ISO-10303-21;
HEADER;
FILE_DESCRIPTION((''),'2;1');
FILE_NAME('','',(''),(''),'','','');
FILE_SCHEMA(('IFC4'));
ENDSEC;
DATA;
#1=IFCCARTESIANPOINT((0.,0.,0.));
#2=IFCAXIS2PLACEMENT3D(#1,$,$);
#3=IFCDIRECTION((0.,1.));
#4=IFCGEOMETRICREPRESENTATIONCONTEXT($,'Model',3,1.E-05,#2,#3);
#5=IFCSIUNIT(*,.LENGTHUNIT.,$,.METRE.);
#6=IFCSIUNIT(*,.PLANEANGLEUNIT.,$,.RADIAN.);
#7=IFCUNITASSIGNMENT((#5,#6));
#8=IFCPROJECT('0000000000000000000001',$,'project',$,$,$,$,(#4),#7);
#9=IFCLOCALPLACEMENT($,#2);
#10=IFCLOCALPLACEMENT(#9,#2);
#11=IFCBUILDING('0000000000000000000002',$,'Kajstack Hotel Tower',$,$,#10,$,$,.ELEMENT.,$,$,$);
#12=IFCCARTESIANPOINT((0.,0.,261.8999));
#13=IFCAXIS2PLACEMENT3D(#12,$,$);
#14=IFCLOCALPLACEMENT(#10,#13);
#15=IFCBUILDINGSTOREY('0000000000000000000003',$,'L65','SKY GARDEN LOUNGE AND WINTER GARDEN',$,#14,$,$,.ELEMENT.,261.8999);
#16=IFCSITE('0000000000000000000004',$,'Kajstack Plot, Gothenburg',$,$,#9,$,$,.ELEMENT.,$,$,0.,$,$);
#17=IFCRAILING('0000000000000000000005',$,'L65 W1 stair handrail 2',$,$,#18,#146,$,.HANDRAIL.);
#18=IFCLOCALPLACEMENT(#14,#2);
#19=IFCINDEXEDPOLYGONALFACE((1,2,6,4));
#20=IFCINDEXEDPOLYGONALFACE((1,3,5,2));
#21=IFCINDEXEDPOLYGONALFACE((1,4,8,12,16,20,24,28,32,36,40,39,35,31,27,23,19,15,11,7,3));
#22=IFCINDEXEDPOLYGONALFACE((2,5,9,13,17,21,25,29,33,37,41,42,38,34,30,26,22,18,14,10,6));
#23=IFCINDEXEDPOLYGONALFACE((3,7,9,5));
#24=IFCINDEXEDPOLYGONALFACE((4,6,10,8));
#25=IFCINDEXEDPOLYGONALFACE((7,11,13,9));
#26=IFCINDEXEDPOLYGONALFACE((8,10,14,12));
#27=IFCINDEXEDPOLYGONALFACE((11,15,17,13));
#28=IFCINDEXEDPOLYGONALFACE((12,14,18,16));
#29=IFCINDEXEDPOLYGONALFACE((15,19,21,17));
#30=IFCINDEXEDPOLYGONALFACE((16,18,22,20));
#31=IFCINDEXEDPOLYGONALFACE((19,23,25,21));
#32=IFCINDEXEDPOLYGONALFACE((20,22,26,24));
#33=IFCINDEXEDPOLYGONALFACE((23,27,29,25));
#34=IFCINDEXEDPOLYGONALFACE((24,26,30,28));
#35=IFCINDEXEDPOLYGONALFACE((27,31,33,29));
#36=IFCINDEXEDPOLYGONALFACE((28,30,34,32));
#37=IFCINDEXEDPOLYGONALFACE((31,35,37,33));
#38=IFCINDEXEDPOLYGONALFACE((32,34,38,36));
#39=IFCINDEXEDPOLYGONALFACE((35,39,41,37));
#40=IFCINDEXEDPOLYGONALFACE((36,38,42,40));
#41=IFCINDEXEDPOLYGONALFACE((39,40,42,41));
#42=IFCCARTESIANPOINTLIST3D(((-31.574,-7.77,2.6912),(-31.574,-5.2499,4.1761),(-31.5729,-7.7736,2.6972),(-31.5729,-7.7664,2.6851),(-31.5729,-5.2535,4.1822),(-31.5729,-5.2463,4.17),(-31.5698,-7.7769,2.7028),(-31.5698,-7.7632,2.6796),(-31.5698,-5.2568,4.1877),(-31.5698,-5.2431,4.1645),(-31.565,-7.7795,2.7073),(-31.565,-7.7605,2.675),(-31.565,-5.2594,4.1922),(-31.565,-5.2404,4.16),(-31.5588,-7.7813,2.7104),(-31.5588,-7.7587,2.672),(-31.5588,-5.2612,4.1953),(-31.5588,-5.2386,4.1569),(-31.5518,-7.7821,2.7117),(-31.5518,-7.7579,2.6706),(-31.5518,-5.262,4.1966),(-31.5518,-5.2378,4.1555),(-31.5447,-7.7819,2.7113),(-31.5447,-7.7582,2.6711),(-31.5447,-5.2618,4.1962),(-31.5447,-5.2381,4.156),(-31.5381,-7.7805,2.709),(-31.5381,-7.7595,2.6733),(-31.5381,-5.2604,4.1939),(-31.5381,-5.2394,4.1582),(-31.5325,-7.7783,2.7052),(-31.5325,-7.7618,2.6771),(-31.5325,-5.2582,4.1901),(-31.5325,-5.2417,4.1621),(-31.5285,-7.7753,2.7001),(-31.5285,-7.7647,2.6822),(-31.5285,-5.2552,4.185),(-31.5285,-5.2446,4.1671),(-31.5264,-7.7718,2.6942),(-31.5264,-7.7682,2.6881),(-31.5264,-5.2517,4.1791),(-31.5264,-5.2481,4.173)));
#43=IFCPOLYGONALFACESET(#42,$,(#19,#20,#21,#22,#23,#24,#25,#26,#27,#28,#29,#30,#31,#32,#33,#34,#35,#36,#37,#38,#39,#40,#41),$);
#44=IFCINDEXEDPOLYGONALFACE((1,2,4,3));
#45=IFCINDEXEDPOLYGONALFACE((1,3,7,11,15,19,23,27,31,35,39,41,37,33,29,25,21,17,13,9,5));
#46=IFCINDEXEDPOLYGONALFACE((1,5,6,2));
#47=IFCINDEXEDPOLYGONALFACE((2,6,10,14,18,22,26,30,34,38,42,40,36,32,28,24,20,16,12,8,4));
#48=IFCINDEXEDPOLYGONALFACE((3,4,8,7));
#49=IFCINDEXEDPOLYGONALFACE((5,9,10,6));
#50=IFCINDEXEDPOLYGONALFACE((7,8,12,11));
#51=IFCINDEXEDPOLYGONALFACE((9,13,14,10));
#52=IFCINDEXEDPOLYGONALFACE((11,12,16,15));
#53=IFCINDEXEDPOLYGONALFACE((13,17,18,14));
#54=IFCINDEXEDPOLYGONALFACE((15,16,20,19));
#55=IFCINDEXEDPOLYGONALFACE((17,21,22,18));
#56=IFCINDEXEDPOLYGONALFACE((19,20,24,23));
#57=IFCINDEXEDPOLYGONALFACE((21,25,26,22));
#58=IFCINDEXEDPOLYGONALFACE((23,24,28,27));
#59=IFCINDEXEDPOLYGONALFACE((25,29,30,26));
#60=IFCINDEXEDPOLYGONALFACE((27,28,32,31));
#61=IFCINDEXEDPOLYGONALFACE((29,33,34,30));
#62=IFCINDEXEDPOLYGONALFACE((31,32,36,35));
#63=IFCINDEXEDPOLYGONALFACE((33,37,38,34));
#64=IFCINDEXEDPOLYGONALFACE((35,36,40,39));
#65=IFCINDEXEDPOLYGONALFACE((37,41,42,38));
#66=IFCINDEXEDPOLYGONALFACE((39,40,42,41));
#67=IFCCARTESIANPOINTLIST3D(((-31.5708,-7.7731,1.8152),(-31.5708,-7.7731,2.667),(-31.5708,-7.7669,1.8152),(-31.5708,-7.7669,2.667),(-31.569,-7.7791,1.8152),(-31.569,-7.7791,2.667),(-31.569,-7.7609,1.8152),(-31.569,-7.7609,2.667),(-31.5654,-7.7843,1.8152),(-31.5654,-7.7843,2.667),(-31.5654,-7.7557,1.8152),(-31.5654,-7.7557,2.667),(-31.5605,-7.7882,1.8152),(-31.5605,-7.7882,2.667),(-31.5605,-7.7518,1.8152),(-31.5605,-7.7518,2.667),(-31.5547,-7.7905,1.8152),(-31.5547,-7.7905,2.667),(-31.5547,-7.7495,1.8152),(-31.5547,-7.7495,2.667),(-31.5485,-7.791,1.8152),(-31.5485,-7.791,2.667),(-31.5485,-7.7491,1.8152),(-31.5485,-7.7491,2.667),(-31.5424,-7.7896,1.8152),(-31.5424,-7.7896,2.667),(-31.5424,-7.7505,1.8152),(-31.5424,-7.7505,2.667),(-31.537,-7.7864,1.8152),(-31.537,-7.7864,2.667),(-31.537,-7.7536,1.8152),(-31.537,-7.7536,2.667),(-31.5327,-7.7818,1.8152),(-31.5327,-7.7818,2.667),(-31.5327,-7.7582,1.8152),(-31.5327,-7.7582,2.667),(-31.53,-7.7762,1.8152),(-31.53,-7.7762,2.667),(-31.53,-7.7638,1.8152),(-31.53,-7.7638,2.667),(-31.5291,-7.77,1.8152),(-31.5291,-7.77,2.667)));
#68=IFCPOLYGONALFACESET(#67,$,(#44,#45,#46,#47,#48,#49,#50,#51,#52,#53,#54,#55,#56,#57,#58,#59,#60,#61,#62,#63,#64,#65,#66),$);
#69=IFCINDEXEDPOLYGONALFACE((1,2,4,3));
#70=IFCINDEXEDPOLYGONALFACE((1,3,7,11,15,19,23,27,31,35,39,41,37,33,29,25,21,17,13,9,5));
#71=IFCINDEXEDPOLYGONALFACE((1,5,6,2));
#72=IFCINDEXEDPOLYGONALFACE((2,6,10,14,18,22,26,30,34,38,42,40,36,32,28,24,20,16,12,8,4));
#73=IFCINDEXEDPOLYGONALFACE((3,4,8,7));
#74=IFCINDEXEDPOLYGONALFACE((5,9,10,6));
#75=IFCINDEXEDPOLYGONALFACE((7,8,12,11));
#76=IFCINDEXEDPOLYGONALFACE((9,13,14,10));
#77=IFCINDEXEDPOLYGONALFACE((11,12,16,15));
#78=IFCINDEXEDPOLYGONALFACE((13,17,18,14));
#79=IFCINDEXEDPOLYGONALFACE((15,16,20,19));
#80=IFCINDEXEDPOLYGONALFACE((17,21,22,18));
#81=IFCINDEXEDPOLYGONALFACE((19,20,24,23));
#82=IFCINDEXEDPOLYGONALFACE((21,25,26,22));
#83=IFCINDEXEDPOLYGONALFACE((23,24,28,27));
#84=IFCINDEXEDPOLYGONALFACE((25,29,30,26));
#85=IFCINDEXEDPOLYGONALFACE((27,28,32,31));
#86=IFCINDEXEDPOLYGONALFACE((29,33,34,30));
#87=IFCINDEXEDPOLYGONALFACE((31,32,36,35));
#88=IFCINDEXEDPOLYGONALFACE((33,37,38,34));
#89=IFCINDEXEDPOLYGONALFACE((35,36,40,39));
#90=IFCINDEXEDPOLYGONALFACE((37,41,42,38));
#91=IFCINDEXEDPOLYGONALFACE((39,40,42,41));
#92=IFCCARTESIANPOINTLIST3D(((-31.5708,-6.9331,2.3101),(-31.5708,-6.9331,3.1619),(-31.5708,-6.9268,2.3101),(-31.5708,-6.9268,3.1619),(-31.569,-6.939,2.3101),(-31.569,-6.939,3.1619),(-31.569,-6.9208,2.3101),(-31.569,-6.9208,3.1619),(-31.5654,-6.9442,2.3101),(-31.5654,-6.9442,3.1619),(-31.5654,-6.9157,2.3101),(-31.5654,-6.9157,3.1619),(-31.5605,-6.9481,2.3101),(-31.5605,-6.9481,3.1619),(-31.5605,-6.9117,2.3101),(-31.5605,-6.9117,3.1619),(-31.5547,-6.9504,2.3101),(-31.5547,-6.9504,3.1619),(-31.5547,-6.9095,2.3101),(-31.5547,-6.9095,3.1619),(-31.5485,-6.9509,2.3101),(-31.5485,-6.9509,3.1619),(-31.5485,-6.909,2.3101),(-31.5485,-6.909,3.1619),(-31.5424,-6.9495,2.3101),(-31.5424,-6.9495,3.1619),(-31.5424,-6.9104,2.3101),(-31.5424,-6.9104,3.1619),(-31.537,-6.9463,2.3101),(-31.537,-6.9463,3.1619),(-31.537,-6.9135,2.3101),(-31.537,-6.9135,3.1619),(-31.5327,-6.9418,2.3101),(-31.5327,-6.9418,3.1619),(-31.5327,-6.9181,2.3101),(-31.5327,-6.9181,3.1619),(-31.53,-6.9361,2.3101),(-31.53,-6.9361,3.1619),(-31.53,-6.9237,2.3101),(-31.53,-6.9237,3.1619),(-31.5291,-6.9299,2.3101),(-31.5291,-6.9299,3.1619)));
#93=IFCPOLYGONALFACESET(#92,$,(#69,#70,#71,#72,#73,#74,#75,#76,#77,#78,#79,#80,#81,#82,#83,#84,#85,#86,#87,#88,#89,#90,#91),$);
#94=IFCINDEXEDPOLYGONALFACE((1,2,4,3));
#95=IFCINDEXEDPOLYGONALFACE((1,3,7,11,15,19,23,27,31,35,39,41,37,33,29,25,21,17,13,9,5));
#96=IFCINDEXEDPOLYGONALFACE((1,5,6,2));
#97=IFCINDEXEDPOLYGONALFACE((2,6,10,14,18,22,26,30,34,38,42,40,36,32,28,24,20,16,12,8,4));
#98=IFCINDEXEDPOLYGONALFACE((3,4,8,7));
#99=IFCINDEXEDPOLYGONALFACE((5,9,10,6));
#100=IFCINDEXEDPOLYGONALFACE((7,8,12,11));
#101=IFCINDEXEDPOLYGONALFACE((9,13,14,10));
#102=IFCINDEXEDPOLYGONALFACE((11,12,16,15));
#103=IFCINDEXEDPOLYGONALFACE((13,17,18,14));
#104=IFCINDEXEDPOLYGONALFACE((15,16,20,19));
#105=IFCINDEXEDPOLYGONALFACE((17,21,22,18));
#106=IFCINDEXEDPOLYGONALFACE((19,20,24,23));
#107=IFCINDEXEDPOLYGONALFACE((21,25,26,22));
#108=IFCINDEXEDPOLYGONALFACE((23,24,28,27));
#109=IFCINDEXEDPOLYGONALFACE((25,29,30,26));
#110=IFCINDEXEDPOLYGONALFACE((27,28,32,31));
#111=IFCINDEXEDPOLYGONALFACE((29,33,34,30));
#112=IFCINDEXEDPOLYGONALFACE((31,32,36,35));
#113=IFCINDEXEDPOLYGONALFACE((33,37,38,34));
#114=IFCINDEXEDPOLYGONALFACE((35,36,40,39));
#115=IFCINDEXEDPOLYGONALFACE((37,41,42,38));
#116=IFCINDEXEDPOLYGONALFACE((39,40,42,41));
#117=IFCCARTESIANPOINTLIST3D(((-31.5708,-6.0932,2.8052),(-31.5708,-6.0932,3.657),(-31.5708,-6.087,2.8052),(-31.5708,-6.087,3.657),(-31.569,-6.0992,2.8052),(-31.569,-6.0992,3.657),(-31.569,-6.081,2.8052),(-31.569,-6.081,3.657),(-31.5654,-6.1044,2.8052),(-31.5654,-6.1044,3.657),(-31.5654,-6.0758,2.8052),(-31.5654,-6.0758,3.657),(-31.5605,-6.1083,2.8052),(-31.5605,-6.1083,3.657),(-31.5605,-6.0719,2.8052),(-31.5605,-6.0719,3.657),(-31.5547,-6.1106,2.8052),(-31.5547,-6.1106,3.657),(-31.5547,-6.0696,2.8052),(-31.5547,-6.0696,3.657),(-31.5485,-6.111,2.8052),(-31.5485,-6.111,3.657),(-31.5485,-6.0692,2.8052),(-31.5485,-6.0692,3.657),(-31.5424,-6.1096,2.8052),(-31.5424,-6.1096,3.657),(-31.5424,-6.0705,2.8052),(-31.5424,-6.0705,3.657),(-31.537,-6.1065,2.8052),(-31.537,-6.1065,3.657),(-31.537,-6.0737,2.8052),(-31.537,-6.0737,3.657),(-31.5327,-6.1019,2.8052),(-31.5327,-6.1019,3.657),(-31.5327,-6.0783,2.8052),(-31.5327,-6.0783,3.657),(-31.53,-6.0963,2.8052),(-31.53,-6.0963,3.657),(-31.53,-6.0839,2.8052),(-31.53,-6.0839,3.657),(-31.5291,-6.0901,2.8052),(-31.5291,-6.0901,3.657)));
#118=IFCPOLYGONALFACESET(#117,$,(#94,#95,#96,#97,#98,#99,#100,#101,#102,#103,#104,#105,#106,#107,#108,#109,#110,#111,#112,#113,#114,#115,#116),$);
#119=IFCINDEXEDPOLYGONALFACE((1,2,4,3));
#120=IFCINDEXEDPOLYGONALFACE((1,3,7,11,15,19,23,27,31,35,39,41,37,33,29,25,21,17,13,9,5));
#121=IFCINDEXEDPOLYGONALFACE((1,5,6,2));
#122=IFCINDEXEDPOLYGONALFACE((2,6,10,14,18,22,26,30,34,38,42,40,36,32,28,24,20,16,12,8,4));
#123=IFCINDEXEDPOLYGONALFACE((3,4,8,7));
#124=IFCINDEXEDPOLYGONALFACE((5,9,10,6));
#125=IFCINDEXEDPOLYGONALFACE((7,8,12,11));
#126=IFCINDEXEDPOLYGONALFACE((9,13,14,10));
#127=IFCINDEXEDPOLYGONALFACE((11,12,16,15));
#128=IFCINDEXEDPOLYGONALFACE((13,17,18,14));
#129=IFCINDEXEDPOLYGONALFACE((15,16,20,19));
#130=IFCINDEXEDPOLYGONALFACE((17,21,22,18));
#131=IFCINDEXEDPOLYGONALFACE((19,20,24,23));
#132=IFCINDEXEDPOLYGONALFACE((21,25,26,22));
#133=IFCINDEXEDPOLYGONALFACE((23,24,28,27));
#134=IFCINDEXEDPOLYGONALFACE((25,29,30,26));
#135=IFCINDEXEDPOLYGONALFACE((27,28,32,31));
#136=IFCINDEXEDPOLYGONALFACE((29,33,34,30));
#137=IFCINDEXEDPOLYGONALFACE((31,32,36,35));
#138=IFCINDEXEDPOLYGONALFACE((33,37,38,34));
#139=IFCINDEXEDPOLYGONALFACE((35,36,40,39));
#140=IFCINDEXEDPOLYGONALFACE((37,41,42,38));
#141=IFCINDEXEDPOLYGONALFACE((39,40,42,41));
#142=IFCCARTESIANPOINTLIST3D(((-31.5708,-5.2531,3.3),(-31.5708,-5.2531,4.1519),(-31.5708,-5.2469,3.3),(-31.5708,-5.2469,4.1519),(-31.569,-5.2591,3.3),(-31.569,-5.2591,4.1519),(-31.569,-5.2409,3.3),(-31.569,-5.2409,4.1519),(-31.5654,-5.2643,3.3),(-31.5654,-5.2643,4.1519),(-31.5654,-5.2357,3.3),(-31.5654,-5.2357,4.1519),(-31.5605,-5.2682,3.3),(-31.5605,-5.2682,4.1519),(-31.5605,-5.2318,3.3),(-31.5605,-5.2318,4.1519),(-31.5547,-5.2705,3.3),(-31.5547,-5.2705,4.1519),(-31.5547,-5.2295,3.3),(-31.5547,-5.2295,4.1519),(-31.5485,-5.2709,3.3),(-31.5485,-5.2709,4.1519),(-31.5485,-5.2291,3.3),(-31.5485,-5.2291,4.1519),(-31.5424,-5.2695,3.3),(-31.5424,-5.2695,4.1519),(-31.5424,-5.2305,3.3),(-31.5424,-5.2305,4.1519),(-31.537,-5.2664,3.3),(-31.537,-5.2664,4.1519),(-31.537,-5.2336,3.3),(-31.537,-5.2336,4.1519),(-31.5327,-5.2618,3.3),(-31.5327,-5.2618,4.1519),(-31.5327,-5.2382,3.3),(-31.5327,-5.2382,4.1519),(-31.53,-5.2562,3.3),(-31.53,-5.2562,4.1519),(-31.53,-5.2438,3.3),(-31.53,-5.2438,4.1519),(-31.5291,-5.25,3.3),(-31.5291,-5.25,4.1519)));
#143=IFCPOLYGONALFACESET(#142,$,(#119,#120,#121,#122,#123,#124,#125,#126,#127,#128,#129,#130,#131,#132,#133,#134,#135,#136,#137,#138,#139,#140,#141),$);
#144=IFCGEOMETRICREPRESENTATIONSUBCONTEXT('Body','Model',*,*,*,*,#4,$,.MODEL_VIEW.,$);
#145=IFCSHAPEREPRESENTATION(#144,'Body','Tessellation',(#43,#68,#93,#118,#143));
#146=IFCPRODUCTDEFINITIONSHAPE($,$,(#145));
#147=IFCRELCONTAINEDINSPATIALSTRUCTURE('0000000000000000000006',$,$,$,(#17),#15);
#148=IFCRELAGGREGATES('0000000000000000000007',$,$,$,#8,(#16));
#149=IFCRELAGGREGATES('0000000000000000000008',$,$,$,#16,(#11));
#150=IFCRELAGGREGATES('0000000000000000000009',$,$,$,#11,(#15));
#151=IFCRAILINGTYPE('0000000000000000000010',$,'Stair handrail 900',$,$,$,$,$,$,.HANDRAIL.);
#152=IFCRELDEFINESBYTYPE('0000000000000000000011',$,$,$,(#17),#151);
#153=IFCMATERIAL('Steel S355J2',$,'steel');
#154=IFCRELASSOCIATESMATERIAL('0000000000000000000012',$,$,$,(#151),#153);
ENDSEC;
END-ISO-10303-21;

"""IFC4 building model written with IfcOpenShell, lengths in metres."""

from ifc_helpers import new_model, si_unit, direction, frame, origin, origin_2d, place, context, subcontext, project, spatial, circle, extrude, material, type_object, element, save


model = new_model("IFC4")

# Units and contexts
model_context = context("Model", 3, precision=1e-05, world=origin(), true_north=direction((0.0, 1.0)))
body_context = subcontext(model_context, "Body", "Model", "MODEL_VIEW")
ifc_project = project(units=[si_unit("LENGTHUNIT", "METRE"), si_unit("PLANEANGLEUNIT", "RADIAN")], contexts=[model_context])

# Site, building, storey
site_placement = place(None, origin())
site = spatial("IfcSite", under=ifc_project, at=site_placement, Name="Kajstack Plot, Gothenburg", CompositionType="ELEMENT", RefElevation=0.0)
building_placement = place(site_placement, origin())
building = spatial("IfcBuilding", under=site, at=building_placement, Name="Kajstack Hotel Tower", CompositionType="ELEMENT")
storey_placement = place(building_placement, frame((0.0, 0.0, 261.8999)))
storey = spatial("IfcBuildingStorey", under=building, at=storey_placement, Name="L65", Description="SKY GARDEN LOUNGE AND WINTER GARDEN", CompositionType="ELEMENT", Elevation=261.8999)

# Railing
ifc_material_1 = material(Name="Steel S355J2", Category="steel")
railing_type_1 = type_object("IfcRailingType", Name="Stair handrail 900", PredefinedType="HANDRAIL", material=ifc_material_1)
railing_1_placement = place(storey_placement, frame((-31.55, -7.77, 1.8152)))
element("IfcRailing", 1, at=railing_1_placement, inside=storey, type_object=railing_type_1, Name="L65 W1 stair handrail 2", PredefinedType="HANDRAIL", context=body_context, shape_type="SweptSolid", body=[
    extrude(circle(Radius=0.0239, at=origin_2d()), frame((0.0, 0.0, 0.876), z_axis=(0.0, 0.861561, 0.507655), x_axis=(-1.0, 0.0, 0.0)), (0.0, 0.0, 1.0), 2.925),
    extrude(circle(Radius=0.021, at=origin_2d()), origin(), (0.0, 0.0, 1.0), 0.8518),
    extrude(circle(Radius=0.021, at=origin_2d()), frame((0.0, 0.8401, 0.4949)), (0.0, 0.0, 1.0), 0.8518),
    extrude(circle(Radius=0.021, at=origin_2d()), frame((0.0, 1.6799, 0.99)), (0.0, 0.0, 1.0), 0.8518),
    extrude(circle(Radius=0.021, at=origin_2d()), frame((0.0, 2.52, 1.4849)), (0.0, 0.0, 1.0), 0.8518),
])

save(model, "model.ifc")
